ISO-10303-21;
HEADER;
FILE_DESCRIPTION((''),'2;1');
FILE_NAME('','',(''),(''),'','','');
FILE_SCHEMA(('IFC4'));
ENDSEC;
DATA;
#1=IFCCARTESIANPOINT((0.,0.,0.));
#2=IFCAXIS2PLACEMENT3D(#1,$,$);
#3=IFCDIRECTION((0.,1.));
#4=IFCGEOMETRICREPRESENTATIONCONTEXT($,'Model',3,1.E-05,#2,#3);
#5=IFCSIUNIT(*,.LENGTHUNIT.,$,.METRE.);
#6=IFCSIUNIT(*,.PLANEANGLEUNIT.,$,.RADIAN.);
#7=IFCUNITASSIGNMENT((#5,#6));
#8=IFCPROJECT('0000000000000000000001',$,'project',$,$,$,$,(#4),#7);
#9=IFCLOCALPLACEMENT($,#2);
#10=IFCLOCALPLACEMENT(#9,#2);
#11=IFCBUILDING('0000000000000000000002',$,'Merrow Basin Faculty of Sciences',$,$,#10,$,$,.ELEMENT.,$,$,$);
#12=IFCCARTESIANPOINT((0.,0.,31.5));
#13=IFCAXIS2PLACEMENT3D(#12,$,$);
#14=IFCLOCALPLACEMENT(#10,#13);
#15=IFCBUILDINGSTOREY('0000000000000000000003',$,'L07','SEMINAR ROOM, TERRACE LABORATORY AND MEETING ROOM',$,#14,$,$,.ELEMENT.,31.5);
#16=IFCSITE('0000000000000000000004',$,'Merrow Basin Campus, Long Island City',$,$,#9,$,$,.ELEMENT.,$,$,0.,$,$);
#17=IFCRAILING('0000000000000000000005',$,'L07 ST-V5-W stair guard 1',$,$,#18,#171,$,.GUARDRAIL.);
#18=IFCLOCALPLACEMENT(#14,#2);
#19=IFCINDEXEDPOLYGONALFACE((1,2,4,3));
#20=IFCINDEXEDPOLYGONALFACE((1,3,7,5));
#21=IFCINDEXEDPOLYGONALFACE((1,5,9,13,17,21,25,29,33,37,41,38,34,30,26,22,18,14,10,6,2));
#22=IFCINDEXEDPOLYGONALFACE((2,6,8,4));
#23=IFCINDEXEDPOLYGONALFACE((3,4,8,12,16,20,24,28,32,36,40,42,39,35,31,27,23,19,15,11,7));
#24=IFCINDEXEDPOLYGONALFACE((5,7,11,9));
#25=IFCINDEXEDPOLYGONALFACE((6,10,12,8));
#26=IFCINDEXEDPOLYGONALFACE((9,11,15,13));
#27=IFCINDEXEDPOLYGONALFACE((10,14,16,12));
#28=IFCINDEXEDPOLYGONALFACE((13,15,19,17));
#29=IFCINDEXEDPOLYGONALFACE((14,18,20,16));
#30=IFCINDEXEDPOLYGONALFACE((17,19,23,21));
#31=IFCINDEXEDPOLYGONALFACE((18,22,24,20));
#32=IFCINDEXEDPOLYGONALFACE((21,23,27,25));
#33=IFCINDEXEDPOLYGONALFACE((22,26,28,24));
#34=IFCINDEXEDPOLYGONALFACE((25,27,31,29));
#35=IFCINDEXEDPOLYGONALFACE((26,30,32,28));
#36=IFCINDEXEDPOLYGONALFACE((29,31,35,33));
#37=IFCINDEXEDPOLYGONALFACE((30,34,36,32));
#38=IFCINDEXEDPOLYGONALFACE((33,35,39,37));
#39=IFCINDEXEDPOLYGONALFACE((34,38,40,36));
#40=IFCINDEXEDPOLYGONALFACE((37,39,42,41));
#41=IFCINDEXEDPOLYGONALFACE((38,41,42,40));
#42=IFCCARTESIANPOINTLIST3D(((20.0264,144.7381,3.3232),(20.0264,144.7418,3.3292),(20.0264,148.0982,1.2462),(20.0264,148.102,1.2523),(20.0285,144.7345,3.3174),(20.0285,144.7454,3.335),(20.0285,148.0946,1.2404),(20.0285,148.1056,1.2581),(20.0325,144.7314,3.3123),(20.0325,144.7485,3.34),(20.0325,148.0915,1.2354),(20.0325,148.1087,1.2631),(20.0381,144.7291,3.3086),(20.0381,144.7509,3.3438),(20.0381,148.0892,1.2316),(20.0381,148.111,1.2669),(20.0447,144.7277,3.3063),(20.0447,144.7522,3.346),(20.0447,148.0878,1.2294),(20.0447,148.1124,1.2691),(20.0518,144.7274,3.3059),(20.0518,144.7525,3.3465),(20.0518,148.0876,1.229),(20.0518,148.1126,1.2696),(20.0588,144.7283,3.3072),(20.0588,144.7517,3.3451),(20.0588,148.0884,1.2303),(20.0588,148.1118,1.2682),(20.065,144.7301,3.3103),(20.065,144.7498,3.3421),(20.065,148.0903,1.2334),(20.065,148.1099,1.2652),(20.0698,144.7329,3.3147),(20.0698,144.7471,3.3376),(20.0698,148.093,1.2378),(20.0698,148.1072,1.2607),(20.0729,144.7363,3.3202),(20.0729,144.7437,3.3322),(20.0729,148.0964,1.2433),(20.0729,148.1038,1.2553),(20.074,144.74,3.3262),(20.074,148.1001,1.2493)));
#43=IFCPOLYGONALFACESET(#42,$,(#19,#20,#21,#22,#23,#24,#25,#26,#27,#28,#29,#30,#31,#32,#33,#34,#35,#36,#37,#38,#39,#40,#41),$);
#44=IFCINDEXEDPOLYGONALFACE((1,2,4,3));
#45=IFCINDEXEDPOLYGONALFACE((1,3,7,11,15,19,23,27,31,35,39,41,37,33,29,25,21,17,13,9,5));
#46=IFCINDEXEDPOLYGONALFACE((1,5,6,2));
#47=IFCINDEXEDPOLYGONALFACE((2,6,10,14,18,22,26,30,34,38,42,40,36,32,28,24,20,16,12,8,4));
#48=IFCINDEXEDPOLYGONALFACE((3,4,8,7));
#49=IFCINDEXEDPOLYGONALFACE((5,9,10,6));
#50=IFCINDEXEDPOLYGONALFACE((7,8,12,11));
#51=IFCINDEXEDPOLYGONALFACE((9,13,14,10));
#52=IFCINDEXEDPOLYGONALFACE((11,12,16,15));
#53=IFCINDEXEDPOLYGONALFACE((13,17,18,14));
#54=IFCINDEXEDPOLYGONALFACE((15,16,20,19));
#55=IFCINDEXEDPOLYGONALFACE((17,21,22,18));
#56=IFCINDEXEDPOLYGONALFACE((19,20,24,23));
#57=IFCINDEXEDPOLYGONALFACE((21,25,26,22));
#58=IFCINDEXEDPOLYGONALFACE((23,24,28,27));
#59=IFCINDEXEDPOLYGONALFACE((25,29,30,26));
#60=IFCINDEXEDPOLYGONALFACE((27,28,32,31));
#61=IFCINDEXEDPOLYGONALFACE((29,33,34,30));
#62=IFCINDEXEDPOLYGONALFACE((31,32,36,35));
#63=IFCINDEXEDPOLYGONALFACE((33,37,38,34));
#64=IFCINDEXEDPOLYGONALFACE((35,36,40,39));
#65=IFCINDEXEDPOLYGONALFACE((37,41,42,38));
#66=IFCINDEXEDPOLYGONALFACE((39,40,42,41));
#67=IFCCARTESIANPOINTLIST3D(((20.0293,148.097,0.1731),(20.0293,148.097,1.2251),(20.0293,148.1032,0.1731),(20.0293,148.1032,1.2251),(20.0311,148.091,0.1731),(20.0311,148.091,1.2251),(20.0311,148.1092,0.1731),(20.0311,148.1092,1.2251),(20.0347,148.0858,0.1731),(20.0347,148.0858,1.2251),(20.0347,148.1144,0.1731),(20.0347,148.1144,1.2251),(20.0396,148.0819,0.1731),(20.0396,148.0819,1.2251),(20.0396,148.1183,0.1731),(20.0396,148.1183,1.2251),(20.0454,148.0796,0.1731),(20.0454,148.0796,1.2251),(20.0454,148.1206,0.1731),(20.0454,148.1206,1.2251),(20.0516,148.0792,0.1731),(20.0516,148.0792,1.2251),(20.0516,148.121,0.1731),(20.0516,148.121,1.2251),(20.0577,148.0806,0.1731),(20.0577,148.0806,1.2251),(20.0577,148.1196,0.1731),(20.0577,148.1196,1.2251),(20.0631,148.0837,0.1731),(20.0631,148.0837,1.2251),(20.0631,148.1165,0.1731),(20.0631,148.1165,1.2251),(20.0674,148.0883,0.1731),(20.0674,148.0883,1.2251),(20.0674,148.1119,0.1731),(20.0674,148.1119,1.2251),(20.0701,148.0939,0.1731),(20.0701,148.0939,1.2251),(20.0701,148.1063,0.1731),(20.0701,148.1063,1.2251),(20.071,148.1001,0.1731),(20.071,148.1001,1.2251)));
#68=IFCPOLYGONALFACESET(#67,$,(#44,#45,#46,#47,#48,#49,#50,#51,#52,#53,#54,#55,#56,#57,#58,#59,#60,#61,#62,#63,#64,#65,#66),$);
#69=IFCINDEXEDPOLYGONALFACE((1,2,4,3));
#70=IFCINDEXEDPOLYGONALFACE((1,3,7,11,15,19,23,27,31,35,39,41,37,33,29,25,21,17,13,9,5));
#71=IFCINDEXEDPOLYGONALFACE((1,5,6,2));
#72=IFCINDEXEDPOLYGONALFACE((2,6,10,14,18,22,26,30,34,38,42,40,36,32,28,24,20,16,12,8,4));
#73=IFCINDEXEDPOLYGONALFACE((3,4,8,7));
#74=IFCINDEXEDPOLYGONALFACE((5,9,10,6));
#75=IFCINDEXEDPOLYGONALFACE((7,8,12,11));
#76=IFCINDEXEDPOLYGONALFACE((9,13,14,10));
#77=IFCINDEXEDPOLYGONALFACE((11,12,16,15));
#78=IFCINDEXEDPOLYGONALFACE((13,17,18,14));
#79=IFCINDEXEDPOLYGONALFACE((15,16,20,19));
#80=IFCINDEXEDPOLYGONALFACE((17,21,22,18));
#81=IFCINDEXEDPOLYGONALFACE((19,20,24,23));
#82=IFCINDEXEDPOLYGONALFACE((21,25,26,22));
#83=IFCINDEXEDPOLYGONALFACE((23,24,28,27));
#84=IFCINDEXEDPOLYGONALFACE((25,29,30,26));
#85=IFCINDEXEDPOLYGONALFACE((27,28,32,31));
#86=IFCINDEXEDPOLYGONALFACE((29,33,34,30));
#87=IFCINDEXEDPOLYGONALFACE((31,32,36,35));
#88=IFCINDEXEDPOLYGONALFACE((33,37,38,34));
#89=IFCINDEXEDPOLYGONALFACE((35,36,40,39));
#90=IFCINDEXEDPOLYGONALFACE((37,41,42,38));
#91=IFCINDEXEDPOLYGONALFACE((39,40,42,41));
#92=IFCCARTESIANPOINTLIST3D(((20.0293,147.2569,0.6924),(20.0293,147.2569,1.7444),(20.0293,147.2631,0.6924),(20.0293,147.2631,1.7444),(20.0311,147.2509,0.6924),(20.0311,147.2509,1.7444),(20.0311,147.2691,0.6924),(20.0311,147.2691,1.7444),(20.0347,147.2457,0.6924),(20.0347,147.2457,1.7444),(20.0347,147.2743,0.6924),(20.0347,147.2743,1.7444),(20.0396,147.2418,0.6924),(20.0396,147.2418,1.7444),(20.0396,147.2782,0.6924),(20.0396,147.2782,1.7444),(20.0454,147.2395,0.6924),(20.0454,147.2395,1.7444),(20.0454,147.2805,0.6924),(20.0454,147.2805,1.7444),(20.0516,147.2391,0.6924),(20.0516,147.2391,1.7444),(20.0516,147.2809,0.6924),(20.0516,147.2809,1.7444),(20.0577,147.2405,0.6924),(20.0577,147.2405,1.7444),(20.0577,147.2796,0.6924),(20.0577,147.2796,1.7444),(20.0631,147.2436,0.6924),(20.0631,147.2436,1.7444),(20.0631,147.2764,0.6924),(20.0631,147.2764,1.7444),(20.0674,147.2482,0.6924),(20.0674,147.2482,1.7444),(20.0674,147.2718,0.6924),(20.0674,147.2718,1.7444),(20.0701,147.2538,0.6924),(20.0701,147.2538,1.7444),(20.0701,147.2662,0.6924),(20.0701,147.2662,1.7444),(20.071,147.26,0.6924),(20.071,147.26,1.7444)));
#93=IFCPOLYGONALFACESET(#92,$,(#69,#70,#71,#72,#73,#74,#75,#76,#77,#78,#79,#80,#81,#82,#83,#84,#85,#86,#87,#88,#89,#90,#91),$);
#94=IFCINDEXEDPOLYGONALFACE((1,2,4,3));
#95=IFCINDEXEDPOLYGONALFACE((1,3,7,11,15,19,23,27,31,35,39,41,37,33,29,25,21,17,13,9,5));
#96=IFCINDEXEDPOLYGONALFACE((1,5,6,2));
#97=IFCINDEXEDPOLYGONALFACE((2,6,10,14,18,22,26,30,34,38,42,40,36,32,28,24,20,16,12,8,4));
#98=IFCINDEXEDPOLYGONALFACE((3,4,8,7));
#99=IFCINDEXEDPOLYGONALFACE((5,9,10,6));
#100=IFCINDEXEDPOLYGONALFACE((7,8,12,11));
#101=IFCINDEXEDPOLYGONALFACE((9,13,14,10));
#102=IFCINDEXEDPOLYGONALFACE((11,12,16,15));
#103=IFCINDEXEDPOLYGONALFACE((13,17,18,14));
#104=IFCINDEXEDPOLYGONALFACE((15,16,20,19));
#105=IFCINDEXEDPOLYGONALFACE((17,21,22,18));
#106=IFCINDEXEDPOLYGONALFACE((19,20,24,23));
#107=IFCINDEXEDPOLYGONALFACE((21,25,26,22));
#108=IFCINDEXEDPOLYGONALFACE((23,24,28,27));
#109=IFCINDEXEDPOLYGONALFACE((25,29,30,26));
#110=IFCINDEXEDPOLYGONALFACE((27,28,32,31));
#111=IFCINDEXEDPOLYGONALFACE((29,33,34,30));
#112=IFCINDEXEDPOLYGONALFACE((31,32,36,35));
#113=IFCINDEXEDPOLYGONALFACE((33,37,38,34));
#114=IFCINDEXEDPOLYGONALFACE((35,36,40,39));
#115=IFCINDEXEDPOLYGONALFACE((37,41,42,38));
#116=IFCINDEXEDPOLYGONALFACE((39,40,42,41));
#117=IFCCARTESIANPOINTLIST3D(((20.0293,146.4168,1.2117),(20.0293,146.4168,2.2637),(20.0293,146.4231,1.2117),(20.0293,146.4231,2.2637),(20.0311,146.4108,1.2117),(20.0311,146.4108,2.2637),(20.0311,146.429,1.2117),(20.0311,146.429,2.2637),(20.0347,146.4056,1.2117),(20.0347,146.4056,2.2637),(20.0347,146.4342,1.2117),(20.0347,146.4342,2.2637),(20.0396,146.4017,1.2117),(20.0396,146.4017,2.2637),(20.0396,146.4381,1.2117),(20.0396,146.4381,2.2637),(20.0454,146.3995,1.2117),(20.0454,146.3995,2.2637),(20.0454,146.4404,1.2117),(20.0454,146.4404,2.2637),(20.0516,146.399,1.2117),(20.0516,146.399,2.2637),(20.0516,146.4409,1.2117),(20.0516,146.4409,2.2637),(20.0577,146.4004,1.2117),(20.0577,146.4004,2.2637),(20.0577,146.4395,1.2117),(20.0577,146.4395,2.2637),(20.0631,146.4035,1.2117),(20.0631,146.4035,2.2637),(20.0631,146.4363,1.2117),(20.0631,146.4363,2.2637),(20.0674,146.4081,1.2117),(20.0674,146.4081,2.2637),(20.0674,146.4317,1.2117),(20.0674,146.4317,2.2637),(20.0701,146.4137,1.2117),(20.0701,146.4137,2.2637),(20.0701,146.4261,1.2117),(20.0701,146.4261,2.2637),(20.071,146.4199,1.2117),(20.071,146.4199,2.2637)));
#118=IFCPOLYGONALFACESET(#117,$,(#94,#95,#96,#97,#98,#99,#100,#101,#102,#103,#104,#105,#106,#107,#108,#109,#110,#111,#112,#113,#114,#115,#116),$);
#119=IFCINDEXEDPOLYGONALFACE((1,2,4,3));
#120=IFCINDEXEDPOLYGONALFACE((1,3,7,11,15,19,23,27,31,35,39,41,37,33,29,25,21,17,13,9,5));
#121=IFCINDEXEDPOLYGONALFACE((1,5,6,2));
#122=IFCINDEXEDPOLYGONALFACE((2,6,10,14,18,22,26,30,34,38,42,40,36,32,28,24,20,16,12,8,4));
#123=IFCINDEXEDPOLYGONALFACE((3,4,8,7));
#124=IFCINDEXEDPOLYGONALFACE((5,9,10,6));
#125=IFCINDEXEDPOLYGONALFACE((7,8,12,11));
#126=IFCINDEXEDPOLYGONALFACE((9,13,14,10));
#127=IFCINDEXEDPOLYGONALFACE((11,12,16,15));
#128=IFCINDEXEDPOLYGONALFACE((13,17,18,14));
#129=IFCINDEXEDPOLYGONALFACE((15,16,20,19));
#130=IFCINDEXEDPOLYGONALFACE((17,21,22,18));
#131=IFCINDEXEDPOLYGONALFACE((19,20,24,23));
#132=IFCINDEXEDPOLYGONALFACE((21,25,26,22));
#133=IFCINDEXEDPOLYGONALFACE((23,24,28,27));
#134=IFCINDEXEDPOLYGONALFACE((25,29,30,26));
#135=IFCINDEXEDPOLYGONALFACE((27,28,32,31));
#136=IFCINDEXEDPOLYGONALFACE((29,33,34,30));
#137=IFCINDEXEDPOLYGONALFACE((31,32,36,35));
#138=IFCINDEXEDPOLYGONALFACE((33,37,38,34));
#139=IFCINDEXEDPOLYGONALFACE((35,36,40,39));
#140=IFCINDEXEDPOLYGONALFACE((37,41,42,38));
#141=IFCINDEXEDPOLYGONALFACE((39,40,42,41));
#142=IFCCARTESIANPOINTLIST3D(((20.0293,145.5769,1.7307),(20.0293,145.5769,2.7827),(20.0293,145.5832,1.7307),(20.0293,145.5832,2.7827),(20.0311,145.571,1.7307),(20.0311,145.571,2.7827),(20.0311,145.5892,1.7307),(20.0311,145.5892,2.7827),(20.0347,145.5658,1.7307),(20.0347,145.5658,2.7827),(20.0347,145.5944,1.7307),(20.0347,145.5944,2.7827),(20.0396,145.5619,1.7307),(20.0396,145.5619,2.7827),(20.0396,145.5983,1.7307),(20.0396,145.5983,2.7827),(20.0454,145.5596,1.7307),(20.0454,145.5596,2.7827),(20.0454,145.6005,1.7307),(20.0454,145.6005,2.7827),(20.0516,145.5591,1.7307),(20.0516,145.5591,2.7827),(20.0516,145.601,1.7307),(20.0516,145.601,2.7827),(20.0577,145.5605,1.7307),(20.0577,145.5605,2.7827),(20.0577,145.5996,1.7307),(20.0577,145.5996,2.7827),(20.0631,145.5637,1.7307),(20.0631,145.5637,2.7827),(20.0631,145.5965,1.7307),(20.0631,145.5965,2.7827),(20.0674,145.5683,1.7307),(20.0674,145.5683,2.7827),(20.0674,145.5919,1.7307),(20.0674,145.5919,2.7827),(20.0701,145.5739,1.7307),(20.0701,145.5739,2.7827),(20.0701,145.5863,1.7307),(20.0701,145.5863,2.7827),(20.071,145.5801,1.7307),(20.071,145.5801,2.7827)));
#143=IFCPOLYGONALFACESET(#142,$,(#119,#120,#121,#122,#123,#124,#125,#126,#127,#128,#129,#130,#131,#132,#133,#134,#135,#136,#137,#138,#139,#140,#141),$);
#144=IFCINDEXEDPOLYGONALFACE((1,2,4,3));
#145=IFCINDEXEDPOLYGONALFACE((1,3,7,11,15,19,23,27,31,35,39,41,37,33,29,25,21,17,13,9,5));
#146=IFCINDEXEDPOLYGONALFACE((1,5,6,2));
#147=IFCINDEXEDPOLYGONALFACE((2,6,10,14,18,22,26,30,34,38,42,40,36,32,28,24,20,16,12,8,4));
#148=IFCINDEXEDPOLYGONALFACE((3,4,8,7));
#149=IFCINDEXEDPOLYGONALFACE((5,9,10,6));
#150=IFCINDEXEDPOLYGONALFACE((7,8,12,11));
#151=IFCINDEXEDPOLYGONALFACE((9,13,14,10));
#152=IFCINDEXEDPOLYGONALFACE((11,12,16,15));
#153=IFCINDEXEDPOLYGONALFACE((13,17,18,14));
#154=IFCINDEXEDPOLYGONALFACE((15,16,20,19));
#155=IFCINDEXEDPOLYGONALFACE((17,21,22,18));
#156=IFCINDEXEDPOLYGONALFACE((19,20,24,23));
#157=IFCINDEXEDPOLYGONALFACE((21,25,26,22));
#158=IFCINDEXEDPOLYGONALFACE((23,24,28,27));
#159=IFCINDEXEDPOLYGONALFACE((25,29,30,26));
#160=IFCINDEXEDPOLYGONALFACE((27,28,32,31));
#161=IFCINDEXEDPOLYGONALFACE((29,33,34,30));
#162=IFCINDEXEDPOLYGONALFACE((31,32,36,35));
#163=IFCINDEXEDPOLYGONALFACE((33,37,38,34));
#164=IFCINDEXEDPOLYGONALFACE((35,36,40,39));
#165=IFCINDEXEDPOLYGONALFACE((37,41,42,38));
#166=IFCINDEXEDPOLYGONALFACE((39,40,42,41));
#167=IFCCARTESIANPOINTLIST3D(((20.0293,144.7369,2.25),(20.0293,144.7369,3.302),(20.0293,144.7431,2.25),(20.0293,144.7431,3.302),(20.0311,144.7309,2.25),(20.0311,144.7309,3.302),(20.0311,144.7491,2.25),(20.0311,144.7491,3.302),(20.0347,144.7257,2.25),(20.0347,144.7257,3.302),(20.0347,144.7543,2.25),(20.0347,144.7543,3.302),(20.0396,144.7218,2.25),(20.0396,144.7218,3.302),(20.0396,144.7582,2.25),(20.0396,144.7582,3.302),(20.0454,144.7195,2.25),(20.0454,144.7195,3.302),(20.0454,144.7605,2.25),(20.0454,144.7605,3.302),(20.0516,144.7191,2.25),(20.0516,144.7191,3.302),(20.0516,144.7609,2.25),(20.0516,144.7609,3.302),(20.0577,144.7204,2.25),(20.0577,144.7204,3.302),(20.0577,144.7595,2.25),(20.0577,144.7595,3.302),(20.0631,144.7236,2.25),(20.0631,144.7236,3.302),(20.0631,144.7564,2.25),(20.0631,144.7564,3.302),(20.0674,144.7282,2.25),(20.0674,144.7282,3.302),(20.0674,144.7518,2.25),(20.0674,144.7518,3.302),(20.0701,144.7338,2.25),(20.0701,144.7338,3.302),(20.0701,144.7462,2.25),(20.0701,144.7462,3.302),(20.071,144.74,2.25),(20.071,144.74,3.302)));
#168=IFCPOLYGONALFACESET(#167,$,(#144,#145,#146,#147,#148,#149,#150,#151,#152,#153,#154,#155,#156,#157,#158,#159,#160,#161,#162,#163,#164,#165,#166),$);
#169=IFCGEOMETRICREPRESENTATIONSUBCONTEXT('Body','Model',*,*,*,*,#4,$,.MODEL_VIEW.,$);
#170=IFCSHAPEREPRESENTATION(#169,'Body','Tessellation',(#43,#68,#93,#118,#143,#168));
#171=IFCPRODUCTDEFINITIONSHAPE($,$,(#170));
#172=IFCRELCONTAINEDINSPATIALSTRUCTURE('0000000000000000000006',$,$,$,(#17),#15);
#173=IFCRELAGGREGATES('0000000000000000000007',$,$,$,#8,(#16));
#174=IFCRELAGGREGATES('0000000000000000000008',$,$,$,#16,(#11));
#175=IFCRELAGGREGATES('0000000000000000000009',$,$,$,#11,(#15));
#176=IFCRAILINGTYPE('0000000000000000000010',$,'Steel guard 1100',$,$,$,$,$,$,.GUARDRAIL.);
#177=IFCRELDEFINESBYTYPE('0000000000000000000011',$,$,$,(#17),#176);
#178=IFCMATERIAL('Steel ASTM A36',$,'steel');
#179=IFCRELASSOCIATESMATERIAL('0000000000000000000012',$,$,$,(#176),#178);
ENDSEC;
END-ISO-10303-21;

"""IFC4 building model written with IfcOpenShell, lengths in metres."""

from ifc_helpers import new_model, si_unit, direction, frame, origin, origin_2d, place, context, subcontext, project, spatial, circle, extrude, material, type_object, element, save


model = new_model("IFC4")

# Units and contexts
model_context = context("Model", 3, precision=1e-05, world=origin(), true_north=direction((0.0, 1.0)))
body_context = subcontext(model_context, "Body", "Model", "MODEL_VIEW")
ifc_project = project(units=[si_unit("LENGTHUNIT", "METRE"), si_unit("PLANEANGLEUNIT", "RADIAN")], contexts=[model_context])

# Site, building, storey
site_placement = place(None, origin())
site = spatial("IfcSite", under=ifc_project, at=site_placement, Name="Merrow Basin Campus, Long Island City", CompositionType="ELEMENT", RefElevation=0.0)
building_placement = place(site_placement, origin())
building = spatial("IfcBuilding", under=site, at=building_placement, Name="Merrow Basin Faculty of Sciences", CompositionType="ELEMENT")
storey_placement = place(building_placement, frame((0.0, 0.0, 31.5)))
storey = spatial("IfcBuildingStorey", under=building, at=storey_placement, Name="L07", Description="SEMINAR ROOM, TERRACE LABORATORY AND MEETING ROOM", CompositionType="ELEMENT", Elevation=31.5)

# Railing
ifc_material_1 = material(Name="Steel ASTM A36", Category="steel")
railing_type_1 = type_object("IfcRailingType", Name="Steel guard 1100", PredefinedType="GUARDRAIL", material=ifc_material_1)
railing_1_placement = place(storey_placement, frame((20.05, 148.1001, 0.1731)))
element("IfcRailing", 1, at=railing_1_placement, inside=storey, type_object=railing_type_1, Name="L07 ST-V5-W stair guard 1", PredefinedType="GUARDRAIL", context=body_context, shape_type="SweptSolid", body=[
    extrude(circle(Radius=0.0239, at=origin_2d()), frame((0.0, 0.0, 1.0762), z_axis=(0.0, -0.850623, 0.525776), x_axis=(1.0, 0.0, 0.0)), (0.0, 0.0, 1.0), 3.9502),
    extrude(circle(Radius=0.021, at=origin_2d()), origin(), (0.0, 0.0, 1.0), 1.052),
    extrude(circle(Radius=0.021, at=origin_2d()), frame((0.0, -0.8401, 0.5193)), (0.0, 0.0, 1.0), 1.052),
    extrude(circle(Radius=0.021, at=origin_2d()), frame((0.0, -1.6802, 1.0386)), (0.0, 0.0, 1.0), 1.052),
    extrude(circle(Radius=0.021, at=origin_2d()), frame((0.0, -2.52, 1.5576)), (0.0, 0.0, 1.0), 1.052),
    extrude(circle(Radius=0.021, at=origin_2d()), frame((0.0, -3.3601, 2.0769)), (0.0, 0.0, 1.0), 1.052),
])

save(model, "model.ifc")
